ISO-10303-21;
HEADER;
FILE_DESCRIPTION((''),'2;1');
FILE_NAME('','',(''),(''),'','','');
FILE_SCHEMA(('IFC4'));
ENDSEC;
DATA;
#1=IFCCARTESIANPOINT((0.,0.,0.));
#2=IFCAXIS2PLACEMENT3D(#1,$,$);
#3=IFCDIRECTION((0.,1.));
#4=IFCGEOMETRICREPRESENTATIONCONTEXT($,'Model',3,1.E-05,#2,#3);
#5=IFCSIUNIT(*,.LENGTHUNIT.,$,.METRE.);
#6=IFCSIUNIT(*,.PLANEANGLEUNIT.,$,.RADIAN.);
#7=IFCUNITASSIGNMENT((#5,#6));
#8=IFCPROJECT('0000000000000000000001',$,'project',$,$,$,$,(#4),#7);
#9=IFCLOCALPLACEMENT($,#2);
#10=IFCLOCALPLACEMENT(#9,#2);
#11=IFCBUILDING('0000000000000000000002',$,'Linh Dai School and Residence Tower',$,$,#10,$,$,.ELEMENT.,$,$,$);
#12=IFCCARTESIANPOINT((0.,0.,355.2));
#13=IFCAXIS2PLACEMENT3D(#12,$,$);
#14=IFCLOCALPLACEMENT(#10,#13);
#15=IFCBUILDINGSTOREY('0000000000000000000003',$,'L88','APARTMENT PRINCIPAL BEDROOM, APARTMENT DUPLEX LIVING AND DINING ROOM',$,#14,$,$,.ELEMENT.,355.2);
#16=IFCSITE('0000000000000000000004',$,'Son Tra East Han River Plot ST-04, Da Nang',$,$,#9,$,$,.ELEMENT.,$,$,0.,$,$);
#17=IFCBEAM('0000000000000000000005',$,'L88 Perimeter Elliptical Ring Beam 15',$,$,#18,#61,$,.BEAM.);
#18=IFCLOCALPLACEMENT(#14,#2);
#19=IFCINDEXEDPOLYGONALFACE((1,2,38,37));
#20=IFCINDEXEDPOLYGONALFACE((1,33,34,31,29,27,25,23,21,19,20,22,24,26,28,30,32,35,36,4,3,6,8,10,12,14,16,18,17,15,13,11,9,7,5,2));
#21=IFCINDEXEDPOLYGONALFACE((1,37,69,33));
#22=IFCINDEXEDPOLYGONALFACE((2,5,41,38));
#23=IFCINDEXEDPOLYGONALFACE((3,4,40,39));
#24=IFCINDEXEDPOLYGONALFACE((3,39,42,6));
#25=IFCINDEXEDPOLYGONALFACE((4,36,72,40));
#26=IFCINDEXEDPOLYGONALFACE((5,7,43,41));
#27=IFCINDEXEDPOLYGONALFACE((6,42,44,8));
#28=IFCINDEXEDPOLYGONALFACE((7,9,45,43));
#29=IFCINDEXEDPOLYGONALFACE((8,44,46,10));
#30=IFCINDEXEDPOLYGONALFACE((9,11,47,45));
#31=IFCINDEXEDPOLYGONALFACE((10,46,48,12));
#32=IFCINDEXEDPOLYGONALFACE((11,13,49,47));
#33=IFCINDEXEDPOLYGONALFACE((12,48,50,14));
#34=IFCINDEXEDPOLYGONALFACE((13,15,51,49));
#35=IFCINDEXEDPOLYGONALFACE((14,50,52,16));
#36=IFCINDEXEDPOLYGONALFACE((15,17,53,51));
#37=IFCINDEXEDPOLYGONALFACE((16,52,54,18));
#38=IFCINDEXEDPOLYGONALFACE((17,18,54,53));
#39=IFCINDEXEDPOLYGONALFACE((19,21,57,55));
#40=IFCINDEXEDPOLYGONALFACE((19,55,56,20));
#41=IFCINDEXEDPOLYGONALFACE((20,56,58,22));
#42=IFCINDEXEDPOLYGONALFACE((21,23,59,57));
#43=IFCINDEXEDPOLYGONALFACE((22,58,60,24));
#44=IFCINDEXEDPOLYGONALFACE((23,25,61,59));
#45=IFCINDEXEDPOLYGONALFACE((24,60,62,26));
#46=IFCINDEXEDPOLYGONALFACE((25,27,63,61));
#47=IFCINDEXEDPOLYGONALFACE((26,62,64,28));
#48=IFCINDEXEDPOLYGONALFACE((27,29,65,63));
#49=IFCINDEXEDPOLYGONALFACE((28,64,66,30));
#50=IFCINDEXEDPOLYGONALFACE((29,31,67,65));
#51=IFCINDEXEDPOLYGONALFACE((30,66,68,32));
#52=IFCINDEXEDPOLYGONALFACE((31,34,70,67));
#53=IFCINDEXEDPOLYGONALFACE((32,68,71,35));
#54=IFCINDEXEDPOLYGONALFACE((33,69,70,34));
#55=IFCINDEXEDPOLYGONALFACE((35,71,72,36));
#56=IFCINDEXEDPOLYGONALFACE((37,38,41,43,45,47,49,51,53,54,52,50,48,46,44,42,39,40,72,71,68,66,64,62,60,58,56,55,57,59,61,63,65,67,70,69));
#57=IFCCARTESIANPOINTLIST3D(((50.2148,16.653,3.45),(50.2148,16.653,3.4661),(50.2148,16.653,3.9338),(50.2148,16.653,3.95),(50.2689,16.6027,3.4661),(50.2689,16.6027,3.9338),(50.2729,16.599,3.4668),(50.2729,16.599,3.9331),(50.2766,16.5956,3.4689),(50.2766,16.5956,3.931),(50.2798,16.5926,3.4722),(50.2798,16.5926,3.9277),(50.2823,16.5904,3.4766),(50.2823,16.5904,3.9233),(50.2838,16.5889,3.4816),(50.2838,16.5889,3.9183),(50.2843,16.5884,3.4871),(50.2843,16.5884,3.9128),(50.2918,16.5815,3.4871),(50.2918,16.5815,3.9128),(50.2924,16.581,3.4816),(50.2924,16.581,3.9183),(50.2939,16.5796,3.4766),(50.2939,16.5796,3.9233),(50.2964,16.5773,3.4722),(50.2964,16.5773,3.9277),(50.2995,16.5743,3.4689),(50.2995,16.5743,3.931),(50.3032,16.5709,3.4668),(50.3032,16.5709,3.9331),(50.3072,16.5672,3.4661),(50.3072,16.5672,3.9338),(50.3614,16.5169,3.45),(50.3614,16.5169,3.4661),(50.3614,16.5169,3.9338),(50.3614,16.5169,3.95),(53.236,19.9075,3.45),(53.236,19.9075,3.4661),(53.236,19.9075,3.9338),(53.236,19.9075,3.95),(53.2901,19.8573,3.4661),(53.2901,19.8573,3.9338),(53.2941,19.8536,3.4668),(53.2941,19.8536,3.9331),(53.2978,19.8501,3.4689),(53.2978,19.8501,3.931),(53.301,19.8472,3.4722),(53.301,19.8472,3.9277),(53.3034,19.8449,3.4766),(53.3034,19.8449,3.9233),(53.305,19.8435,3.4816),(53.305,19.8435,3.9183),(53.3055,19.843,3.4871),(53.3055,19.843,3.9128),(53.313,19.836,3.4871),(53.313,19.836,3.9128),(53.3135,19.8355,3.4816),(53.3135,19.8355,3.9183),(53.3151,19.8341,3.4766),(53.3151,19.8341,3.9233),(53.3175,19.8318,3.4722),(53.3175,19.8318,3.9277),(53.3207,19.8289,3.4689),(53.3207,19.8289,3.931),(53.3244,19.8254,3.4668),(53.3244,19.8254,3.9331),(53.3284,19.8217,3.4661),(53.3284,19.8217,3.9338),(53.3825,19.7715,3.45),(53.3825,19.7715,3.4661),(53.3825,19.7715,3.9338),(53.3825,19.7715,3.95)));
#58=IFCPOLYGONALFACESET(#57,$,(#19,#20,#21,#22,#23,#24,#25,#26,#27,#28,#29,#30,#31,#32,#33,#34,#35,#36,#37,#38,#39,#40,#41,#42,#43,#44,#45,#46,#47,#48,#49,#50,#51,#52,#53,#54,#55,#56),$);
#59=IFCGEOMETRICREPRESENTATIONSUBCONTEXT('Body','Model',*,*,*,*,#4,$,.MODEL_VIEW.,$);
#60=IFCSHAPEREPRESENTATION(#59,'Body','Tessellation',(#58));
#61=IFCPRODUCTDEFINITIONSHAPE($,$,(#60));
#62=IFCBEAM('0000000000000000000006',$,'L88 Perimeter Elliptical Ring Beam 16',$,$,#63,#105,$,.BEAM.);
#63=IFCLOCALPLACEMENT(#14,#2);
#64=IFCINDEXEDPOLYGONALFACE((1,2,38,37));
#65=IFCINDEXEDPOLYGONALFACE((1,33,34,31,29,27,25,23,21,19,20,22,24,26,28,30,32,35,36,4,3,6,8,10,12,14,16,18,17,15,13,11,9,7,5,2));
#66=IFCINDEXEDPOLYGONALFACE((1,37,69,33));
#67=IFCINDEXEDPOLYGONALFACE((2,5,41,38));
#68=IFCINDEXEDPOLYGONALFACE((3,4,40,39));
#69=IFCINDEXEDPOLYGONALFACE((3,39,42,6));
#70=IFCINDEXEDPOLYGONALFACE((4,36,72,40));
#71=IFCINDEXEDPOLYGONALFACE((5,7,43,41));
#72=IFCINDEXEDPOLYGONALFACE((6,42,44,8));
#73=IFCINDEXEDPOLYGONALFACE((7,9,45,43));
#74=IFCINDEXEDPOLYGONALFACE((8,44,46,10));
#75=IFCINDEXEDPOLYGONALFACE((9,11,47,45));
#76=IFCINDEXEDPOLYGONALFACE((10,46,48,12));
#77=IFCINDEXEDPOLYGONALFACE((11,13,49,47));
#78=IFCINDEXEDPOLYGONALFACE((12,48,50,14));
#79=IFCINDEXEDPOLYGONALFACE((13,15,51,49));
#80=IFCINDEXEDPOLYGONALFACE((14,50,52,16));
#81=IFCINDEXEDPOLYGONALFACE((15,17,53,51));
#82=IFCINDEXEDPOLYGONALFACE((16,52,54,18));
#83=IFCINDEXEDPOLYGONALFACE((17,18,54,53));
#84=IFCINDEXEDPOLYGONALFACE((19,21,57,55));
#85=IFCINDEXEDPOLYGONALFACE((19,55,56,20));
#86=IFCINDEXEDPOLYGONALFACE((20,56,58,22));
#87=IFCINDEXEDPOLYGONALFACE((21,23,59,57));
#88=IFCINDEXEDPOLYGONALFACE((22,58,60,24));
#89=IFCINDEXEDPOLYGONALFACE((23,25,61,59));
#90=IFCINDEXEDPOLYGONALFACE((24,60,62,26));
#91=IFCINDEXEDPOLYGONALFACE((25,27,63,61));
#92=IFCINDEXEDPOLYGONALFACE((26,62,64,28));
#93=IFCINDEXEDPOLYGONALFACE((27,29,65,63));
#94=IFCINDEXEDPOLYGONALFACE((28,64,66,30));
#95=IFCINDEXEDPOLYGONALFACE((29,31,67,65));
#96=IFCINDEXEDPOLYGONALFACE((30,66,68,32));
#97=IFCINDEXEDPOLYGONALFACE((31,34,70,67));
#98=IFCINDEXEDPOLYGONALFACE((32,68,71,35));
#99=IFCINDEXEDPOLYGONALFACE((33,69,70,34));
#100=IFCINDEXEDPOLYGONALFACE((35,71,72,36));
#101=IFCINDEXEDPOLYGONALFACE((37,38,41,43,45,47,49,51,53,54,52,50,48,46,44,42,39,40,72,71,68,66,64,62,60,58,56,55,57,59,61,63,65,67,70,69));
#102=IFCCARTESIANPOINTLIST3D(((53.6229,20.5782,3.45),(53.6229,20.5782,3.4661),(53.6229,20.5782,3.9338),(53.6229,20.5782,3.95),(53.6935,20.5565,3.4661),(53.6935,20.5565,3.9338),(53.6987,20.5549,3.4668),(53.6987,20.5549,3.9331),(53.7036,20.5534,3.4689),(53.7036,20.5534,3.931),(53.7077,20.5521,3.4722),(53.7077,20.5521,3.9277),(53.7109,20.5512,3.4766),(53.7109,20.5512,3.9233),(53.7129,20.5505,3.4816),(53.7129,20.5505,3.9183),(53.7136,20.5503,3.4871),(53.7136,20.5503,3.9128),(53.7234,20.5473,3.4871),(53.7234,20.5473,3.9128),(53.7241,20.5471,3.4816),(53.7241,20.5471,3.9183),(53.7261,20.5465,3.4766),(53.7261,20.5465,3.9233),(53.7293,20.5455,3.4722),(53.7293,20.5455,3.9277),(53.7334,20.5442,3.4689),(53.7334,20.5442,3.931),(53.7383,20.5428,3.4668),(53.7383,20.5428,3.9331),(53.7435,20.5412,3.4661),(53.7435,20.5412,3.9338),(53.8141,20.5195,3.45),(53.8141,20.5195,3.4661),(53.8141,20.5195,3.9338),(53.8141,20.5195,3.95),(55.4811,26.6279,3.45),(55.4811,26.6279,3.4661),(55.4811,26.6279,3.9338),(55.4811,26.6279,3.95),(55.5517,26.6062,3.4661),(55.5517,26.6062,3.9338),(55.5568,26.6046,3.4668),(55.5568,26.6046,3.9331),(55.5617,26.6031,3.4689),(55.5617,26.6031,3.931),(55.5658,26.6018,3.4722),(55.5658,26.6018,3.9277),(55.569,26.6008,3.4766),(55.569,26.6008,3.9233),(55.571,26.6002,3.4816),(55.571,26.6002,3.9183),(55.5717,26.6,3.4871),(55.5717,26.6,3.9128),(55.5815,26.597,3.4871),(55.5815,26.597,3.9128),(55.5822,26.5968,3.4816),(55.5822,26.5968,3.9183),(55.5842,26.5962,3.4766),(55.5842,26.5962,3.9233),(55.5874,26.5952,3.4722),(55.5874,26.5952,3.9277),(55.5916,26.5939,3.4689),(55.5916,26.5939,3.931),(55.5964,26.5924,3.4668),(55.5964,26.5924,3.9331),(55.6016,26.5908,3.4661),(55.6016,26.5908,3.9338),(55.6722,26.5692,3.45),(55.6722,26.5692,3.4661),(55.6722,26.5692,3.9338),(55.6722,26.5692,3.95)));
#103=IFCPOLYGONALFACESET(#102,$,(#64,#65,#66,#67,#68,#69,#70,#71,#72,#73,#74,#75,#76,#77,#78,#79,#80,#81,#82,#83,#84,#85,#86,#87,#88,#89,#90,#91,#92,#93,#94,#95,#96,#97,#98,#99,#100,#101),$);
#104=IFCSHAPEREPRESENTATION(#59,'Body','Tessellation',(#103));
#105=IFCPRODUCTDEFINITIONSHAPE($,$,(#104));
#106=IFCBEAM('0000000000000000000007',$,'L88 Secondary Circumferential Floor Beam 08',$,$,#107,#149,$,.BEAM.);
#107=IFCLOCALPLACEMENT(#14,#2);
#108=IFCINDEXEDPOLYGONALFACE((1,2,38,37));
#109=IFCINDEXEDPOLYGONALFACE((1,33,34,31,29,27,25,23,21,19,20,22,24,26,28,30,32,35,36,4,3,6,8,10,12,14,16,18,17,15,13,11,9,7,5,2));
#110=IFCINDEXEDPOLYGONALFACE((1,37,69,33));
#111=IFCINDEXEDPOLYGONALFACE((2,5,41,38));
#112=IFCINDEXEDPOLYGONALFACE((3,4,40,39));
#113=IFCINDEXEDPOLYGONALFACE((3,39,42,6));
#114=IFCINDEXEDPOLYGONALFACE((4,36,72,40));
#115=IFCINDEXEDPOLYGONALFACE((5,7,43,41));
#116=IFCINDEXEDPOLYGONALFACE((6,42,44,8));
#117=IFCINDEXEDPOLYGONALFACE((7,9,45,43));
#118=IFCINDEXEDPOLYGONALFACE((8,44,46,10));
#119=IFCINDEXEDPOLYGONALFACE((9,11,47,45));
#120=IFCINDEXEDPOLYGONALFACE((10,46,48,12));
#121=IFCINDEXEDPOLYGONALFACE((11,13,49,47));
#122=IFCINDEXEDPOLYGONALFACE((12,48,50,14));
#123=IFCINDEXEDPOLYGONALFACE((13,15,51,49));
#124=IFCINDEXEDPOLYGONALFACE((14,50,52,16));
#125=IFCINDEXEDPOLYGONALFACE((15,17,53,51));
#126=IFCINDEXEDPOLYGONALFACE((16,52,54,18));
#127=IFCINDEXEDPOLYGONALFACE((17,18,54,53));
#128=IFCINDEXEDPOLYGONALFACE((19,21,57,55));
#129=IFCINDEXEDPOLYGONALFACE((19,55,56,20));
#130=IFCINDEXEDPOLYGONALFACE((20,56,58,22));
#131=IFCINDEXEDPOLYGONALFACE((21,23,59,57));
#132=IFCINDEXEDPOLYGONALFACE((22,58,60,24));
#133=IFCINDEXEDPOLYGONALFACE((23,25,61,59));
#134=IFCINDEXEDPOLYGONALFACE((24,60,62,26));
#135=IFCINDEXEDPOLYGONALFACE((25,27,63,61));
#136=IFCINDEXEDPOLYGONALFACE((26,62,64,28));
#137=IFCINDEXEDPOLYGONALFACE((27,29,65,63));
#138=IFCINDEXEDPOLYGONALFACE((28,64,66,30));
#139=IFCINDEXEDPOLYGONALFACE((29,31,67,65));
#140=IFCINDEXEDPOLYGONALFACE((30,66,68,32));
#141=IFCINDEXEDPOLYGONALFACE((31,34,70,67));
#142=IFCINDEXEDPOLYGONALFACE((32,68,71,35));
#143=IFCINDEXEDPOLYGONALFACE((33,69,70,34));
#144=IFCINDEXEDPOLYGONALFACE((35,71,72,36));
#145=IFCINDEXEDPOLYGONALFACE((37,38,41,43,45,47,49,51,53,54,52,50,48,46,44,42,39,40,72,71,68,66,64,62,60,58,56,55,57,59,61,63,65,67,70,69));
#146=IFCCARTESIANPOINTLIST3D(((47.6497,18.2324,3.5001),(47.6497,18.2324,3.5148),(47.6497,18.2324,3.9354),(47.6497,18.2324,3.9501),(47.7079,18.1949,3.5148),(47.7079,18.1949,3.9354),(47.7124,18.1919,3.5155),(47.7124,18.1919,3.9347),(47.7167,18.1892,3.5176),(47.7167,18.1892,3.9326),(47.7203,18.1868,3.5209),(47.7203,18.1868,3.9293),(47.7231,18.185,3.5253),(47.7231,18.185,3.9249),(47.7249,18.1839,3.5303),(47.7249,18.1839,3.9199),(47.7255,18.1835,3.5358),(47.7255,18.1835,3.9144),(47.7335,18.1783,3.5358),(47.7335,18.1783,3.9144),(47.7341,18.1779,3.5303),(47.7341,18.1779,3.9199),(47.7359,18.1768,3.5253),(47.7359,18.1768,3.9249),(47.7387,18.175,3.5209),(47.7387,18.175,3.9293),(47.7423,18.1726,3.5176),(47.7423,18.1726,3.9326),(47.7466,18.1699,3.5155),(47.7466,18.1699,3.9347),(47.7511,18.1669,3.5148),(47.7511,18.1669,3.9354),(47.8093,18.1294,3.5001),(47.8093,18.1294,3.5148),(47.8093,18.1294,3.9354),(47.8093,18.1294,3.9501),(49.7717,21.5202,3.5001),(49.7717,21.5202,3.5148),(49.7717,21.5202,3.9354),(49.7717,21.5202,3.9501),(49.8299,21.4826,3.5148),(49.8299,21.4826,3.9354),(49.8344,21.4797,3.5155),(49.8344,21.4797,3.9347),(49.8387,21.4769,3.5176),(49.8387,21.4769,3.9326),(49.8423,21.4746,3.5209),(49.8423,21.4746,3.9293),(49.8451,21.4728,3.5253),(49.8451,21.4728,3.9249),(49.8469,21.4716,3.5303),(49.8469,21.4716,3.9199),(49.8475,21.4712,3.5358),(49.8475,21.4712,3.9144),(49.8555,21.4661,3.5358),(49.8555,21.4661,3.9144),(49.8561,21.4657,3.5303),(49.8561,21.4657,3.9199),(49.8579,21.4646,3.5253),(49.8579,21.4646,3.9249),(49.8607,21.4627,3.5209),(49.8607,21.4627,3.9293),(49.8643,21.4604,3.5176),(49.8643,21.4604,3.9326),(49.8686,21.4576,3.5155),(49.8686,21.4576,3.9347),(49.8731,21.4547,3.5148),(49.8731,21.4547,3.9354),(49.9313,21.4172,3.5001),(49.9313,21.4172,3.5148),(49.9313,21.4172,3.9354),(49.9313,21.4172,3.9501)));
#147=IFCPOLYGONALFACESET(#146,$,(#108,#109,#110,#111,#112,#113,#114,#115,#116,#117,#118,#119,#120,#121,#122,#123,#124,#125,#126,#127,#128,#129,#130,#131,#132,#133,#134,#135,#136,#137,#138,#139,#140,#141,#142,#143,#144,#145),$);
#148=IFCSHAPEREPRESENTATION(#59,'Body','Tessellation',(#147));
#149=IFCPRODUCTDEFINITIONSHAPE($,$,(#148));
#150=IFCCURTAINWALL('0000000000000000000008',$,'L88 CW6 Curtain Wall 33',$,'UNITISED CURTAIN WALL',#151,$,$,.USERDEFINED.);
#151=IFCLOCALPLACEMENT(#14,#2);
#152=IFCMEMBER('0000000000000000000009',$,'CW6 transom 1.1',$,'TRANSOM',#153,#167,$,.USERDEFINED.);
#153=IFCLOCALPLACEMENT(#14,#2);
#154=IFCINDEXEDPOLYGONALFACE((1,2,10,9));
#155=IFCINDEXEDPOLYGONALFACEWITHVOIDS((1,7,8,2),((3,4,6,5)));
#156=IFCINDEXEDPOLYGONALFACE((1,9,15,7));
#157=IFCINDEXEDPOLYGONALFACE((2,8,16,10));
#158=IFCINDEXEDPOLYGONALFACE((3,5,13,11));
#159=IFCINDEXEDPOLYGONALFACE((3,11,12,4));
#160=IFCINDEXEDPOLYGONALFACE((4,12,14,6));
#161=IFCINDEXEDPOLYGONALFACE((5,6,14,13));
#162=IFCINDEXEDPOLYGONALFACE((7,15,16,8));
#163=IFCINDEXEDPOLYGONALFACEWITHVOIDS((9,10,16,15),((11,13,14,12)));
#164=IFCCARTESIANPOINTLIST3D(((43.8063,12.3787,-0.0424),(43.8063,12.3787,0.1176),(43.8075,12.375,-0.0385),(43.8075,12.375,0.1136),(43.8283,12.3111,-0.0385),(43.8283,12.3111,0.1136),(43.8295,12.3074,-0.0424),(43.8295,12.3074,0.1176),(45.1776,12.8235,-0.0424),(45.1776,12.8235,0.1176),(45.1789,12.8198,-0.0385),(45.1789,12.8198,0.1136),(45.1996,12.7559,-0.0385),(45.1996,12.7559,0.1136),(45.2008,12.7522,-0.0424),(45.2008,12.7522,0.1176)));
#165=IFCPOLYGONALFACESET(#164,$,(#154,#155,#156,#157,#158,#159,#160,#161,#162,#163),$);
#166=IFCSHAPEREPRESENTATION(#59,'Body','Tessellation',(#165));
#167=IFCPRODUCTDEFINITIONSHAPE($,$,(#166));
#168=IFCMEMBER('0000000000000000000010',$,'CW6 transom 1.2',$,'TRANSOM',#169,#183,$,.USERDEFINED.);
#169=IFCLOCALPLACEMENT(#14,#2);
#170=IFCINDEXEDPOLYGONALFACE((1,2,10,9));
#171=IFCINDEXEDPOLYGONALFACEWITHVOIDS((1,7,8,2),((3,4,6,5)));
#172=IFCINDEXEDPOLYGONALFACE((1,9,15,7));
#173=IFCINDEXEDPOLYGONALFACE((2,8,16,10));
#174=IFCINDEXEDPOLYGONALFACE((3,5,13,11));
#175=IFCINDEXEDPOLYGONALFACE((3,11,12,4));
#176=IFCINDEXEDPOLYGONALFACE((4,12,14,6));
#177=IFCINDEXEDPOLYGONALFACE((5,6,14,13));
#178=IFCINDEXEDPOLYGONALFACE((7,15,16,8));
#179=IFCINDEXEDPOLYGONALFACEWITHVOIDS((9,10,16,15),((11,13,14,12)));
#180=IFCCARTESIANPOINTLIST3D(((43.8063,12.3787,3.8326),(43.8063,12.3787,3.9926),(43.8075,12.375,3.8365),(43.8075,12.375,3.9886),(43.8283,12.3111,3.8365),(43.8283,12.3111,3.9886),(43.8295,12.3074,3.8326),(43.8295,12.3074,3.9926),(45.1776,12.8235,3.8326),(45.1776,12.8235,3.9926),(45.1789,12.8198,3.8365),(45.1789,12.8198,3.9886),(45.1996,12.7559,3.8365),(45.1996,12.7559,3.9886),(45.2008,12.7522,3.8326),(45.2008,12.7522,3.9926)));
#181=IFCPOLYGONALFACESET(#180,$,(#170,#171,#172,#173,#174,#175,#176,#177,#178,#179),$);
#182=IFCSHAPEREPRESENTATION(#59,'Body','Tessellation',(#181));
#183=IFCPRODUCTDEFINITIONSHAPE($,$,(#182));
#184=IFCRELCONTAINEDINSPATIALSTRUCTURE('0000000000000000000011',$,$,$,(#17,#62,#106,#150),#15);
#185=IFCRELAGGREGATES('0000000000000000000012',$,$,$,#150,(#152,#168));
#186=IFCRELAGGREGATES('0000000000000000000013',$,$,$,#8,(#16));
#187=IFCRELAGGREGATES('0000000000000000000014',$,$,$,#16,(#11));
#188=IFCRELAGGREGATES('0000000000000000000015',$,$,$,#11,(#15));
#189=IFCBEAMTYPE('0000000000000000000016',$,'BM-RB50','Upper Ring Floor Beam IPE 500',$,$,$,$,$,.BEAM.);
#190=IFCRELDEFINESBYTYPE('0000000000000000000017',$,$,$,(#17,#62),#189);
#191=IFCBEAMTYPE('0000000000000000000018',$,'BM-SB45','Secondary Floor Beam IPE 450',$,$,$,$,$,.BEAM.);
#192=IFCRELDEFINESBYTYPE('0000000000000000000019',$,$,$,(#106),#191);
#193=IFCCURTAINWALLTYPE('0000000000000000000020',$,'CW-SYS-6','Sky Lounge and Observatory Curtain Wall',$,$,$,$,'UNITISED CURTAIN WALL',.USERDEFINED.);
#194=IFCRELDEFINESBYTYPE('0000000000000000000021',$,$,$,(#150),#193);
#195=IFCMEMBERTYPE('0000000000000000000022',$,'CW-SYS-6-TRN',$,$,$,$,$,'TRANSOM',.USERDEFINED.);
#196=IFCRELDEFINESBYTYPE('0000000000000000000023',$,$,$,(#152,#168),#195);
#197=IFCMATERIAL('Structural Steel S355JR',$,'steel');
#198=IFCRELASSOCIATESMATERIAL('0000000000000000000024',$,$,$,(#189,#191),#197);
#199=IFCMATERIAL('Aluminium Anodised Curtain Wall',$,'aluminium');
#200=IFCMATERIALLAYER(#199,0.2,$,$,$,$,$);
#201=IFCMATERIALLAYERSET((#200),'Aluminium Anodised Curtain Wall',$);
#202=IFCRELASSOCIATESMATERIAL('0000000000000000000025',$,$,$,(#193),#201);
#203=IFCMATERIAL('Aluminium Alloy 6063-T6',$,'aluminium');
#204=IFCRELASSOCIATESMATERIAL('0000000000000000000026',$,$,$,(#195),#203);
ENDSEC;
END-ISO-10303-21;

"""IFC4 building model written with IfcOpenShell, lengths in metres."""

from ifc_helpers import new_model, si_unit, direction, frame, origin, origin_2d, place, context, subcontext, project, spatial, hollow_rectangle, i_section, extrude, source, transform, mapped, material, layer, layer_set, material_profile, profile_set, type_object, element, aggregate, save


model = new_model("IFC4")

# Units and contexts
model_context = context("Model", 3, precision=1e-05, world=origin(), true_north=direction((0.0, 1.0)))
body_context = subcontext(model_context, "Body", "Model", "MODEL_VIEW")
ifc_project = project(units=[si_unit("LENGTHUNIT", "METRE"), si_unit("PLANEANGLEUNIT", "RADIAN")], contexts=[model_context])

# Site, building, storey
site_placement = place(None, origin())
site = spatial("IfcSite", under=ifc_project, at=site_placement, Name="Son Tra East Han River Plot ST-04, Da Nang", CompositionType="ELEMENT", RefElevation=0.0)
building_placement = place(site_placement, origin())
building = spatial("IfcBuilding", under=site, at=building_placement, Name="Linh Dai School and Residence Tower", CompositionType="ELEMENT")
storey_placement = place(building_placement, frame((0.0, 0.0, 355.2)))
storey = spatial("IfcBuildingStorey", under=building, at=storey_placement, Name="L88", Description="APARTMENT PRINCIPAL BEDROOM, APARTMENT DUPLEX LIVING AND DINING ROOM", CompositionType="ELEMENT", Elevation=355.2)

# Shared definitions
ifc_material_1 = material(Name="Structural Steel S355JR", Category="steel")

# Beams
ifc_material_profile_1 = material_profile(ifc_material_1, i_section(OverallWidth=0.2, OverallDepth=0.5, WebThickness=0.0103, FlangeThickness=0.0161, FilletRadius=0.021, at=origin_2d()), Name="IPE 500")
ifc_profile_set_1 = profile_set([ifc_material_profile_1], Name="Structural Steel S355JR")
beam_type_1 = type_object("IfcBeamType", Name="BM-RB50", Description="Upper Ring Floor Beam IPE 500", PredefinedType="BEAM", material=ifc_profile_set_1)
beam_1_placement = place(storey_placement, frame((50.2881, 16.585, 3.7), z_axis=(0.680339, 0.732897, 0.0), x_axis=(-0.732897, 0.680339, 0.0)))
element("IfcBeam", 1, at=beam_1_placement, inside=storey, type_object=beam_type_1, Name="L88 Perimeter Elliptical Ring Beam 15", PredefinedType="BEAM", context=body_context, shape_type="SweptSolid", body=[
    extrude(i_section(OverallWidth=0.2, OverallDepth=0.5, WebThickness=0.0103, FlangeThickness=0.0161, FilletRadius=0.021, at=origin_2d()), origin(), (0.0, 0.0, 1.0), 4.4407),
])
beam_2_placement = place(storey_placement, frame((53.7185, 20.5488, 3.7), z_axis=(0.293606, 0.955927, 0.0), x_axis=(-0.955927, 0.293606, 0.0)))
element("IfcBeam", 2, at=beam_2_placement, inside=storey, type_object=beam_type_1, Name="L88 Perimeter Elliptical Ring Beam 16", PredefinedType="BEAM", context=body_context, shape_type="SweptSolid", body=[
    extrude(i_section(OverallWidth=0.2, OverallDepth=0.5, WebThickness=0.0103, FlangeThickness=0.0161, FilletRadius=0.021, at=origin_2d()), origin(), (0.0, 0.0, 1.0), 6.3286),
])
ifc_material_profile_2 = material_profile(ifc_material_1, i_section(OverallWidth=0.1899, OverallDepth=0.45, WebThickness=0.0095, FlangeThickness=0.0146, FilletRadius=0.021, at=origin_2d()), Name="IPE 450")
ifc_profile_set_2 = profile_set([ifc_material_profile_2], Name="Structural Steel S355JR")
beam_type_2 = type_object("IfcBeamType", Name="BM-SB45", Description="Secondary Floor Beam IPE 450", PredefinedType="BEAM", material=ifc_profile_set_2)
beam_3_placement = place(storey_placement, frame((47.7295, 18.1809, 3.7251), z_axis=(0.542286, 0.840194, 0.0), x_axis=(-0.840194, 0.542286, 0.0)))
element("IfcBeam", 3, at=beam_3_placement, inside=storey, type_object=beam_type_2, Name="L88 Secondary Circumferential Floor Beam 08", PredefinedType="BEAM", context=body_context, shape_type="SweptSolid", body=[
    extrude(i_section(OverallWidth=0.1899, OverallDepth=0.45, WebThickness=0.0095, FlangeThickness=0.0146, FilletRadius=0.021, at=origin_2d()), origin(), (0.0, 0.0, 1.0), 3.9131),
])

# Curtain wall, members
ifc_material_2 = material(Name="Aluminium Anodised Curtain Wall", Category="aluminium")
ifc_layer_1 = layer(ifc_material_2, 0.2)
ifc_layer_set_1 = layer_set([ifc_layer_1], Name="Aluminium Anodised Curtain Wall")
curtain_wall_type = type_object("IfcCurtainWallType", Name="CW-SYS-6", Description="Sky Lounge and Observatory Curtain Wall", ElementType="UNITISED CURTAIN WALL", PredefinedType="USERDEFINED", material=ifc_layer_set_1)
curtain_wall_placement = place(storey_placement, origin())
curtain_wall = element("IfcCurtainWall", 4, at=curtain_wall_placement, inside=storey, type_object=curtain_wall_type, Name="L88 CW6 Curtain Wall 33", ObjectType="UNITISED CURTAIN WALL", PredefinedType="USERDEFINED")
ifc_material_3 = material(Name="Aluminium Alloy 6063-T6", Category="aluminium")
ifc_material_profile_3 = material_profile(ifc_material_3, hollow_rectangle(XDim=0.075, YDim=0.1599, WallThickness=0.0039, at=origin_2d()), Name="RHS 160x75x4")
ifc_profile_set_3 = profile_set([ifc_material_profile_3], Name="Aluminium Alloy 6063-T6")
member_type_1 = type_object("IfcMemberType", Name="CW-SYS-6-TRN", ElementType="TRANSOM", PredefinedType="USERDEFINED", material=ifc_profile_set_3)
shared_shape_1 = source(origin(), body_context, "Body", "SweptSolid", [
    extrude(hollow_rectangle(XDim=0.075, YDim=0.1599, WallThickness=0.0039, at=origin_2d()), origin(), (0.0, 0.0, 1.0), 1.4417),
])
member_1_placement = place(storey_placement, frame((45.1892, 12.7878, 0.0376), z_axis=(-0.951209, -0.308546, 0.0), x_axis=(0.308546, -0.951209, 0.0)))
member_1 = element("IfcMember", 5, at=member_1_placement, type_object=member_type_1, Name="CW6 transom 1.1", ObjectType="TRANSOM", PredefinedType="USERDEFINED", context=body_context, shape_type="MappedRepresentation", body=[
    mapped(shared_shape_1, transform((0.0, 0.0, 0.0), x_axis=(1.0, 0.0, 0.0), y_axis=(0.0, 1.0, 0.0), z_axis=(0.0, 0.0, 1.0), scale=1.0)),
])
member_2_placement = place(storey_placement, frame((45.1892, 12.7878, 3.9126), z_axis=(-0.951209, -0.308546, 0.0), x_axis=(0.308546, -0.951209, 0.0)))
member_2 = element("IfcMember", 6, at=member_2_placement, type_object=member_type_1, Name="CW6 transom 1.2", ObjectType="TRANSOM", PredefinedType="USERDEFINED", context=body_context, shape_type="MappedRepresentation", body=[
    mapped(shared_shape_1, transform((0.0, 0.0, 0.0), x_axis=(1.0, 0.0, 0.0), y_axis=(0.0, 1.0, 0.0), z_axis=(0.0, 0.0, 1.0), scale=1.0)),
])
aggregate(curtain_wall, [member_1, member_2])

save(model, "model.ifc")
